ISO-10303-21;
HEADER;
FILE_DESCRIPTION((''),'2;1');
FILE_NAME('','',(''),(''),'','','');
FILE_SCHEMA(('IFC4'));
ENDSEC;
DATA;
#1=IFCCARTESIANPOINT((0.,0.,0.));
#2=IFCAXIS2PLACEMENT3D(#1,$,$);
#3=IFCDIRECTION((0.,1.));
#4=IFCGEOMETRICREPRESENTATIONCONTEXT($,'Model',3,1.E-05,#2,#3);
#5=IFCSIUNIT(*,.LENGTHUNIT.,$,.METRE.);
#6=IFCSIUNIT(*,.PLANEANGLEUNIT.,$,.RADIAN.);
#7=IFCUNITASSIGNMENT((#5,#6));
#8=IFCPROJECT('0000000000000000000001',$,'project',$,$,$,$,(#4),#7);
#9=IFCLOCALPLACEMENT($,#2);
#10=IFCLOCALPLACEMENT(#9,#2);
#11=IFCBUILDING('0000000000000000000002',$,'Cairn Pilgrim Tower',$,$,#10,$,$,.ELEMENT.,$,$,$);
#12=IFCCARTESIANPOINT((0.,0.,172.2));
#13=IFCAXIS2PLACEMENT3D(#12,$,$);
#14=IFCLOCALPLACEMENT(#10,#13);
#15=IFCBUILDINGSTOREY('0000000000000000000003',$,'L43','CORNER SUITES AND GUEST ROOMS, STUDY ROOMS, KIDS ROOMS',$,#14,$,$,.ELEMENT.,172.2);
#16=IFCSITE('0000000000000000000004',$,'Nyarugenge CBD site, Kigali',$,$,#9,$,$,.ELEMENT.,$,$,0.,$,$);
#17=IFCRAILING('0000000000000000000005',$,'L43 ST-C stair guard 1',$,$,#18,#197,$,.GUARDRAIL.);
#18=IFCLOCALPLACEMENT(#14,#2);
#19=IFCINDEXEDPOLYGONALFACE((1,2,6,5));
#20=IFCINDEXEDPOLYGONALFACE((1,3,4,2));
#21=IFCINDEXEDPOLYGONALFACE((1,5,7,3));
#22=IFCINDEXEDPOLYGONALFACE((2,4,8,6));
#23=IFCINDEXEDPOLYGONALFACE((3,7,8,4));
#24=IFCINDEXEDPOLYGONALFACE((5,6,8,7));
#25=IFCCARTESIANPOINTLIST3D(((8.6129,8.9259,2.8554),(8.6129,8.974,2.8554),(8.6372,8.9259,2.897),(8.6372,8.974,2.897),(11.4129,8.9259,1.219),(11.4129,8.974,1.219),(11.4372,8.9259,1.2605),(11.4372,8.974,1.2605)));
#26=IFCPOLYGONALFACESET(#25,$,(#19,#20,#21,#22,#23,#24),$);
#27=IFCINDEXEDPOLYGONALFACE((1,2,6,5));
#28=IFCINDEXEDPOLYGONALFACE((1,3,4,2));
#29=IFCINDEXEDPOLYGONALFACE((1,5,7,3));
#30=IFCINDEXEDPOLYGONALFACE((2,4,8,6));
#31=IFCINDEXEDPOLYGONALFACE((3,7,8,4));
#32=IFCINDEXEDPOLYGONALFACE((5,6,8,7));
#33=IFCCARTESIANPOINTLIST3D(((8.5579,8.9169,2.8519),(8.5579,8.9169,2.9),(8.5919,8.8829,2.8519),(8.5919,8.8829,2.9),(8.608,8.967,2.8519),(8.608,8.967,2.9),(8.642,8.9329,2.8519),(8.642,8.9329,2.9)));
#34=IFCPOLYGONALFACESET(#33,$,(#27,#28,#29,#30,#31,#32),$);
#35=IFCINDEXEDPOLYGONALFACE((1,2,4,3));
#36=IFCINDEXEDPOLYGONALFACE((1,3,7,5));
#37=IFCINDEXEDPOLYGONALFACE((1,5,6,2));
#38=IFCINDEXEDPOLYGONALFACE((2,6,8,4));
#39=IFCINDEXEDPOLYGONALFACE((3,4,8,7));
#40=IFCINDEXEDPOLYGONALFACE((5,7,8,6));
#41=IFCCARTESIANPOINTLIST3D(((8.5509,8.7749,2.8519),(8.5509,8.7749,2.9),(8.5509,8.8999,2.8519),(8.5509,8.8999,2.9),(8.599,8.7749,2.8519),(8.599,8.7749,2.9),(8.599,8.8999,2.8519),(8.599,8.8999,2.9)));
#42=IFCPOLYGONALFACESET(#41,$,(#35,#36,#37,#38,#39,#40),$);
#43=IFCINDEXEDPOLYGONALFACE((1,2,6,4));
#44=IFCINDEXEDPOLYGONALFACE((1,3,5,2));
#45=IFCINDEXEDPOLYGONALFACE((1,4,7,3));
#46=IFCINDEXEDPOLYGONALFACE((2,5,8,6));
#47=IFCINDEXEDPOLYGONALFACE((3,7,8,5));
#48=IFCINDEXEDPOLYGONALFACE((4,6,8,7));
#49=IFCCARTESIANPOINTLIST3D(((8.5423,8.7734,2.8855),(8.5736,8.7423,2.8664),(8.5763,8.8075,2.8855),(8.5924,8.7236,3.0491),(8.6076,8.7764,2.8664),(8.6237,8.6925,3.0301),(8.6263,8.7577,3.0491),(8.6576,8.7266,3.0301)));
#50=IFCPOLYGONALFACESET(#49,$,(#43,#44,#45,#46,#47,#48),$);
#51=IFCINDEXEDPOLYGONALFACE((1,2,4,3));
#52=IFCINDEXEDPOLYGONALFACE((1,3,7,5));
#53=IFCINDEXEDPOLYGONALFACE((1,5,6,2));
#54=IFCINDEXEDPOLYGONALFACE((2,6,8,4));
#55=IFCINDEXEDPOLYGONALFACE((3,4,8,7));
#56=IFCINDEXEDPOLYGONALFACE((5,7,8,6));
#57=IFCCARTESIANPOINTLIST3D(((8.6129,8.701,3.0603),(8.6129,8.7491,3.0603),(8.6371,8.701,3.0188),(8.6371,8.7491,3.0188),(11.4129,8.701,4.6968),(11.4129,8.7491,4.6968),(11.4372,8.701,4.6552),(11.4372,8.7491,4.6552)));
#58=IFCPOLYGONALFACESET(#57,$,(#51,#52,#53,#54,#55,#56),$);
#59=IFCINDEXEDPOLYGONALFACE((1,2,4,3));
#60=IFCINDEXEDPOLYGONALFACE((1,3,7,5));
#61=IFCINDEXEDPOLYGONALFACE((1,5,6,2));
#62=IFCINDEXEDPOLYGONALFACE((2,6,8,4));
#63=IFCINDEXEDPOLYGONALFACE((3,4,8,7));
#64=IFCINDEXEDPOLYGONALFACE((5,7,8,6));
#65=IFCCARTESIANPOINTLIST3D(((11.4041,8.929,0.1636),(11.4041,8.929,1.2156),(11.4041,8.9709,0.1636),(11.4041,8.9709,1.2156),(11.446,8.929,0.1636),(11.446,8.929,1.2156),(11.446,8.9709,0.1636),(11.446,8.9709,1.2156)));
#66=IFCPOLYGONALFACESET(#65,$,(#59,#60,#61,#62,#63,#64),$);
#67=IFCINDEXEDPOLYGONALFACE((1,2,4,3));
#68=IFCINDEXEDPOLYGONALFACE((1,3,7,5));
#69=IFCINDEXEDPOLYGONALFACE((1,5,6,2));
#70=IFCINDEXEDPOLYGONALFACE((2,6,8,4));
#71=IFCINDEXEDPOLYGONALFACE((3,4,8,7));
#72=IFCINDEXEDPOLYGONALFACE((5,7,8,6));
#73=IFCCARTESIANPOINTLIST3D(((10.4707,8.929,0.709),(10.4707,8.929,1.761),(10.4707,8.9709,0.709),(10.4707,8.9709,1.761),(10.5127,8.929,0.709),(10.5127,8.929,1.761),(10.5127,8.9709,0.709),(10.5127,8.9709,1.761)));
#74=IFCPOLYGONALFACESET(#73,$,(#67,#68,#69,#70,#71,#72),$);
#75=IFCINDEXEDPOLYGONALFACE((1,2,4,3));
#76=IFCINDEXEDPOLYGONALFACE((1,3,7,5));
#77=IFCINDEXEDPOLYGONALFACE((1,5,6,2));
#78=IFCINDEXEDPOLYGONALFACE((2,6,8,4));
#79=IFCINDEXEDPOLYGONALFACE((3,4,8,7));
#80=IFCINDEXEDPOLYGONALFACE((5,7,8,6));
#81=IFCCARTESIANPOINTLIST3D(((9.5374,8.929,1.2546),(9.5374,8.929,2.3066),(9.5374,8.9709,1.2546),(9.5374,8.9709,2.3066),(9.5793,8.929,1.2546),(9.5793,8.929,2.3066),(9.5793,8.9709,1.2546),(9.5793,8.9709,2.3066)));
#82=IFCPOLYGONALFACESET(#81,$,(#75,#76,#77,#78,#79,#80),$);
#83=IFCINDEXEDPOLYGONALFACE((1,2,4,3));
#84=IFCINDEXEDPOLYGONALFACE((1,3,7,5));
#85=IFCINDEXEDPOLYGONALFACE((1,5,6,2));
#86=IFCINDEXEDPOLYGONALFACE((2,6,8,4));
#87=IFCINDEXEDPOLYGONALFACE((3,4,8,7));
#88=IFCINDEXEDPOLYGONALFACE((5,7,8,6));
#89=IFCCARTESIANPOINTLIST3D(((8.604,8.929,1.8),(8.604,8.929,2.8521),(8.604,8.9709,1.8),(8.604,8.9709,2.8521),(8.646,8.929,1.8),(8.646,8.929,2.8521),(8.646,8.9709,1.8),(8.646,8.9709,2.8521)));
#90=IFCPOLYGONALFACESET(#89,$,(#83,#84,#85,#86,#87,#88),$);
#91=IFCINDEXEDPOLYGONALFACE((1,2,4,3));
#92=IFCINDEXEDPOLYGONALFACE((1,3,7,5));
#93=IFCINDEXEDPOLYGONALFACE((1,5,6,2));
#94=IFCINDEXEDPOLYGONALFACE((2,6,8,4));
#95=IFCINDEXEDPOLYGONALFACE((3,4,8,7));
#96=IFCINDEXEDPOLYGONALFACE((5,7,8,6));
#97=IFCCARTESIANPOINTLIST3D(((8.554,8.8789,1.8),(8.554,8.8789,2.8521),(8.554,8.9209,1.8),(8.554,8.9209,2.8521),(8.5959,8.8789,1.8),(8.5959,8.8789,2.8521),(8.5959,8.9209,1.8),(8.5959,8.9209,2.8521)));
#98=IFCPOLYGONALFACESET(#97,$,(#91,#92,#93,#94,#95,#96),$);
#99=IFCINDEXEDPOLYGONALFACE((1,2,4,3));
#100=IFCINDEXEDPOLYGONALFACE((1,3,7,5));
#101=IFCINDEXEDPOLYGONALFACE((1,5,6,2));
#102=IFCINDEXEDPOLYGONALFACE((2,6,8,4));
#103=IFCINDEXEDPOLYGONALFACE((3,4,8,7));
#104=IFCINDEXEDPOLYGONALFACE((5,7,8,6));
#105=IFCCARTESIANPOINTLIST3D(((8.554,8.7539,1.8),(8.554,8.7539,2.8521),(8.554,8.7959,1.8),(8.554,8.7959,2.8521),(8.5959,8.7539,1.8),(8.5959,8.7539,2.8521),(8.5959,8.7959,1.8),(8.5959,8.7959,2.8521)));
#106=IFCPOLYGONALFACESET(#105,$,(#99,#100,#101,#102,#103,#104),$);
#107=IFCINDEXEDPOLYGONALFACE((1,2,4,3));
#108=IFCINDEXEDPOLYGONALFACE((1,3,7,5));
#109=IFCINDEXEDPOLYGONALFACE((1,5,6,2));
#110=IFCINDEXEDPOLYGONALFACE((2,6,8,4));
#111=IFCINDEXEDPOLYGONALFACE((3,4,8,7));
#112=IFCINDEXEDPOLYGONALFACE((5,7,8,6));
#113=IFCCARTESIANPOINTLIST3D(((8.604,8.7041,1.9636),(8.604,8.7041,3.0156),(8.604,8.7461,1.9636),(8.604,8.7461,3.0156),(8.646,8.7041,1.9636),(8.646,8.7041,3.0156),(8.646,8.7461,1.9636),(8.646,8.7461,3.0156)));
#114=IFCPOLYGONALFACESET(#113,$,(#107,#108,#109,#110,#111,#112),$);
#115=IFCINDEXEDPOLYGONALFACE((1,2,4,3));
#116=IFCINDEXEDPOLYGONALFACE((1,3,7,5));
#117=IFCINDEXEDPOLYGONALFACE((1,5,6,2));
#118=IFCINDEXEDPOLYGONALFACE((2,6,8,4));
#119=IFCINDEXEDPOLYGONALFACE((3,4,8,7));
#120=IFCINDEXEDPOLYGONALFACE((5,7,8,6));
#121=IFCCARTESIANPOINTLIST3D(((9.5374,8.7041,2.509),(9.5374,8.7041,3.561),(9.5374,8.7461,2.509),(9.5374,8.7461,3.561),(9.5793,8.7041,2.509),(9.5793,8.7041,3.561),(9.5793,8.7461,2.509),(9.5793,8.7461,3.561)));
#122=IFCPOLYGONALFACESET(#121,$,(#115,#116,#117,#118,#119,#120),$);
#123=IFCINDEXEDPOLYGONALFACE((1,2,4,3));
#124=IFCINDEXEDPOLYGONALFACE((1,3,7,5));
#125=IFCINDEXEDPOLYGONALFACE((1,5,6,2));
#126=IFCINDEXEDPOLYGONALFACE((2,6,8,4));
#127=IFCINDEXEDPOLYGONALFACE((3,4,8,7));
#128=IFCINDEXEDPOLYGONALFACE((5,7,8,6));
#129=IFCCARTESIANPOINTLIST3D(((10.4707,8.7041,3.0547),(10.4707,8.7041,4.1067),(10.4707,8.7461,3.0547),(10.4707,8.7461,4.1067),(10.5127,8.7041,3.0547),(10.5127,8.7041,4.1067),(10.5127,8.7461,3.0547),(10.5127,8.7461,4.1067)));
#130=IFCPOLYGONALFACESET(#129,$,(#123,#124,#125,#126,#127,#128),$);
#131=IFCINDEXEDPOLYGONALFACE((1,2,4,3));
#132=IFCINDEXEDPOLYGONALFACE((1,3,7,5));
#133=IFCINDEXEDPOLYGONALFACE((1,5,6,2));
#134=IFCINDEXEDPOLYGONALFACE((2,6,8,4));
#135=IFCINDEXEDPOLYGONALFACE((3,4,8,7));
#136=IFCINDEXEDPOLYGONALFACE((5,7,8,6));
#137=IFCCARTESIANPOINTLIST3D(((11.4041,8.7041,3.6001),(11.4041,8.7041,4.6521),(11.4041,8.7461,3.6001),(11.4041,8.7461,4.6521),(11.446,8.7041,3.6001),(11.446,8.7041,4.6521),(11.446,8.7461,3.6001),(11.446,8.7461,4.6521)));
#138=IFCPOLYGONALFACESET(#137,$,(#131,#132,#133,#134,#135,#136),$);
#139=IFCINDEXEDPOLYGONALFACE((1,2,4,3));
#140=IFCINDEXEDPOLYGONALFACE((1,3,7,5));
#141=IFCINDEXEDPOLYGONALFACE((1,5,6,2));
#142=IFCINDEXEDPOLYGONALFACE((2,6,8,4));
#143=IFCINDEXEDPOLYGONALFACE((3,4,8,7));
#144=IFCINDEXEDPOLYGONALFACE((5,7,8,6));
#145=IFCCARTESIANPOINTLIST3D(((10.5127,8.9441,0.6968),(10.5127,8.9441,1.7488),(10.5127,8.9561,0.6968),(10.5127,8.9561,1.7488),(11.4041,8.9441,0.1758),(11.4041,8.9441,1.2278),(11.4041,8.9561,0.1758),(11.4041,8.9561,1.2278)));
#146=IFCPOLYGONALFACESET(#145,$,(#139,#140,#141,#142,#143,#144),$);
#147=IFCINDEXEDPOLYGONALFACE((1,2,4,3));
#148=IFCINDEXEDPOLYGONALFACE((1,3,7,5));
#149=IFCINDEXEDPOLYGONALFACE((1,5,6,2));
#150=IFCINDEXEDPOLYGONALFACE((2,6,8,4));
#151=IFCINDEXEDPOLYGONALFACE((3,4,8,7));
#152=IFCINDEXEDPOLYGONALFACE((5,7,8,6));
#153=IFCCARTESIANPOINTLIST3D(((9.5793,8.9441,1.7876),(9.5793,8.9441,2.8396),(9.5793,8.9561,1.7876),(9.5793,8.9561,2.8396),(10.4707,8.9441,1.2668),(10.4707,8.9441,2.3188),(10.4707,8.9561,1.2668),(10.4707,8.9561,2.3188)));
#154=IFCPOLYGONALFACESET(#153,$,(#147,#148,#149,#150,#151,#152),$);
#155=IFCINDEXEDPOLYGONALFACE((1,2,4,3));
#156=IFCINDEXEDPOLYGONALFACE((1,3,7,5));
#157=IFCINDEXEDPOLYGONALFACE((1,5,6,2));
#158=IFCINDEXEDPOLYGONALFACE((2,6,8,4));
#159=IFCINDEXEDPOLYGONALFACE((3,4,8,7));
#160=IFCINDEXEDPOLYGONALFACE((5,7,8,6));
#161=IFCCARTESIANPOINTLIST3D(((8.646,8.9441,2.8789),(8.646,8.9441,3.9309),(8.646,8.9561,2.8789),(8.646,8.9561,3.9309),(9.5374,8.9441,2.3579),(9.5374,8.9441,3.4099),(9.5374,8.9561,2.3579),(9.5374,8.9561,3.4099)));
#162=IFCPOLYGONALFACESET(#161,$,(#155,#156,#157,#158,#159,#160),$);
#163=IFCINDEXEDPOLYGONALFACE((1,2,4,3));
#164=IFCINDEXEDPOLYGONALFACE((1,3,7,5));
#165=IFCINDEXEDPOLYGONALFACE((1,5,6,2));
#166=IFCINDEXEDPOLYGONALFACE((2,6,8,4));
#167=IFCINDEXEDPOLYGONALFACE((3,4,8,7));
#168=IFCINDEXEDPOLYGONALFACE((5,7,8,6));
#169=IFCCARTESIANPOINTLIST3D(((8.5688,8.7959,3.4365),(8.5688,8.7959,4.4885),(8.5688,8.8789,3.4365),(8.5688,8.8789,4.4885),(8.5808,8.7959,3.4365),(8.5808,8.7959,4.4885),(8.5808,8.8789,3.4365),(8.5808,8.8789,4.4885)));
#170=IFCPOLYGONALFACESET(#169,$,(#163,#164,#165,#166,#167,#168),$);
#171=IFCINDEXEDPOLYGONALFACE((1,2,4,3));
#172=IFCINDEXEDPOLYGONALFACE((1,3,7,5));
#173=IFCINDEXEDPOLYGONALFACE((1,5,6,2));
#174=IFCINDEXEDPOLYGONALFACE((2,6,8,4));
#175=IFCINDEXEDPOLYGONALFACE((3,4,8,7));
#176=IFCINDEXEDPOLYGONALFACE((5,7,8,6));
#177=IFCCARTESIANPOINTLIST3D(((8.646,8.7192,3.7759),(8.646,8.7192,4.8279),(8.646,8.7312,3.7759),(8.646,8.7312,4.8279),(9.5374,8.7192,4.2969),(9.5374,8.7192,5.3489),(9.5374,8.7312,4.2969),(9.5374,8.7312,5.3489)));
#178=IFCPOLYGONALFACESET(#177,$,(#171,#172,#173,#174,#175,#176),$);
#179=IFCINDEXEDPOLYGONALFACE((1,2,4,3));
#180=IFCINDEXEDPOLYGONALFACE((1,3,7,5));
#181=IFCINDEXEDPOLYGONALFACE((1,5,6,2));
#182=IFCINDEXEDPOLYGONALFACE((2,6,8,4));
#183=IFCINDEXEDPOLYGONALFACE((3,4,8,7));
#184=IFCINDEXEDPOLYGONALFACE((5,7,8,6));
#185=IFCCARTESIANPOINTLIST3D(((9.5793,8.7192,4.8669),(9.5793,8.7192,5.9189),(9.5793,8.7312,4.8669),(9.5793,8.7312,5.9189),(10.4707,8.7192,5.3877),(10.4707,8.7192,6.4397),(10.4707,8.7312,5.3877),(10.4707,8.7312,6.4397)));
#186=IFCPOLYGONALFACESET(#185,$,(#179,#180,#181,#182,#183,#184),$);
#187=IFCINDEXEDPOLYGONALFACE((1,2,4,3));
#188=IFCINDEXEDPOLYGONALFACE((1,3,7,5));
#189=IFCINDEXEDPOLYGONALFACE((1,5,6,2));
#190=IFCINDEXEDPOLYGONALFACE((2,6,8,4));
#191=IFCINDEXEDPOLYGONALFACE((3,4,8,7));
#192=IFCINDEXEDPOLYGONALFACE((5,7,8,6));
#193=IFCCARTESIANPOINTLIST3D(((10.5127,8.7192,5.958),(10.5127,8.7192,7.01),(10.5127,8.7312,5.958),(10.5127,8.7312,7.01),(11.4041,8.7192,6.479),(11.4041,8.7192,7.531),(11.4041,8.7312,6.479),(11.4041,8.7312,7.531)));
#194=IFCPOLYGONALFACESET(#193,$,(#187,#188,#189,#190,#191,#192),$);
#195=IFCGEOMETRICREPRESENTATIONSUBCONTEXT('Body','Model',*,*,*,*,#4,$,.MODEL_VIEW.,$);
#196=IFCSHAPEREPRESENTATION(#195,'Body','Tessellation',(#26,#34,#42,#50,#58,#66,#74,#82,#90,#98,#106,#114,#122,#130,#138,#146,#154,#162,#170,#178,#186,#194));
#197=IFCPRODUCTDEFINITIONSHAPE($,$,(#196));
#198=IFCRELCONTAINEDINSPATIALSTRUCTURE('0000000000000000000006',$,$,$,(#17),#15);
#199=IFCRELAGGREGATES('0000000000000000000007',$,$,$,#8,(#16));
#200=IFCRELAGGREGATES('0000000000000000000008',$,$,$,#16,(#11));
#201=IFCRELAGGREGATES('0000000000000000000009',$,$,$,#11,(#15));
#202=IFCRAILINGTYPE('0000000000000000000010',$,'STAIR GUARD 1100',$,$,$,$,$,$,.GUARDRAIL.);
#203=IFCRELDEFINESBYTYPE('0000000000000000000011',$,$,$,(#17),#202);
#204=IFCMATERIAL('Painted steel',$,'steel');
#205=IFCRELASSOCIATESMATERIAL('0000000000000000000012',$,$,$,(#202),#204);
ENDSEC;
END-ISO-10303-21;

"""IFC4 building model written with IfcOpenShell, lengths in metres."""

from ifc_helpers import new_model, si_unit, direction, frame, origin, origin_2d, place, context, subcontext, project, spatial, polyline, rectangle, outline, extrude, material, type_object, element, save


model = new_model("IFC4")

# Units and contexts
model_context = context("Model", 3, precision=1e-05, world=origin(), true_north=direction((0.0, 1.0)))
body_context = subcontext(model_context, "Body", "Model", "MODEL_VIEW")
ifc_project = project(units=[si_unit("LENGTHUNIT", "METRE"), si_unit("PLANEANGLEUNIT", "RADIAN")], contexts=[model_context])

# Site, building, storey
site_placement = place(None, origin())
site = spatial("IfcSite", under=ifc_project, at=site_placement, Name="Nyarugenge CBD site, Kigali", CompositionType="ELEMENT", RefElevation=0.0)
building_placement = place(site_placement, origin())
building = spatial("IfcBuilding", under=site, at=building_placement, Name="Cairn Pilgrim Tower", CompositionType="ELEMENT")
storey_placement = place(building_placement, frame((0.0, 0.0, 172.2)))
storey = spatial("IfcBuildingStorey", under=building, at=storey_placement, Name="L43", Description="CORNER SUITES AND GUEST ROOMS, STUDY ROOMS, KIDS ROOMS", CompositionType="ELEMENT", Elevation=172.2)

# Shared definitions
ifc_material_1 = material(Name="Painted steel", Category="steel")

# Railing
railing_type_1 = type_object("IfcRailingType", Name="STAIR GUARD 1100", PredefinedType="GUARDRAIL", material=ifc_material_1)
railing_1_placement = place(storey_placement, frame((11.425, 8.95, 0.1636)))
element("IfcRailing", 1, at=railing_1_placement, inside=storey, type_object=railing_type_1, Name="L43 ST-C stair guard 1", PredefinedType="GUARDRAIL", context=body_context, shape_type="SweptSolid", body=[
    extrude(rectangle(XDim=0.0481, YDim=0.0481, at=origin_2d()), frame((0.0, 0.0, 1.0762), z_axis=(-0.863361, 0.0, 0.504587), x_axis=(0.0, -1.0, 0.0)), (0.0, 0.0, 1.0), 3.2432),
    extrude(rectangle(XDim=0.0481, YDim=0.0481, at=origin_2d()), frame((-2.8, 0.0, 2.7124), z_axis=(-0.707107, -0.707107, 0.0), x_axis=(0.707107, -0.707107, 0.0)), (0.0, 0.0, 1.0), 0.0708),
    extrude(rectangle(XDim=0.0481, YDim=0.0481, at=origin_2d()), frame((-2.8501, -0.05, 2.7124), z_axis=(0.0, -1.0, 0.0), x_axis=(1.0, 0.0, 0.0)), (0.0, 0.0, 1.0), 0.125),
    extrude(rectangle(XDim=0.0481, YDim=0.0481, at=origin_2d()), frame((-2.8501, -0.175, 2.7124), z_axis=(0.280917, -0.279546, 0.918118), x_axis=(0.705376, 0.708834, 0.0)), (0.0, 0.0, 1.0), 0.1782),
    extrude(rectangle(XDim=0.0481, YDim=0.0481, at=origin_2d()), frame((-2.8, -0.2249, 2.876), z_axis=(0.863361, 0.0, 0.504587), x_axis=(0.0, 1.0, 0.0)), (0.0, 0.0, 1.0), 3.2432),
    extrude(rectangle(XDim=0.042, YDim=0.042, at=origin_2d()), origin(), (0.0, 0.0, 1.0), 1.052),
    extrude(rectangle(XDim=0.042, YDim=0.042, at=origin_2d()), frame((-0.9333, 0.0, 0.5454)), (0.0, 0.0, 1.0), 1.052),
    extrude(rectangle(XDim=0.042, YDim=0.042, at=origin_2d()), frame((-1.8667, 0.0, 1.0911)), (0.0, 0.0, 1.0), 1.052),
    extrude(rectangle(XDim=0.042, YDim=0.042, at=origin_2d()), frame((-2.8, 0.0, 1.6365)), (0.0, 0.0, 1.0), 1.052),
    extrude(rectangle(XDim=0.042, YDim=0.042, at=origin_2d()), frame((-2.8501, -0.05, 1.6365)), (0.0, 0.0, 1.0), 1.052),
    extrude(rectangle(XDim=0.042, YDim=0.042, at=origin_2d()), frame((-2.8501, -0.175, 1.6365)), (0.0, 0.0, 1.0), 1.052),
    extrude(rectangle(XDim=0.042, YDim=0.042, at=origin_2d()), frame((-2.8, -0.2249, 1.8)), (0.0, 0.0, 1.0), 1.052),
    extrude(rectangle(XDim=0.042, YDim=0.042, at=origin_2d()), frame((-1.8667, -0.2249, 2.3455)), (0.0, 0.0, 1.0), 1.052),
    extrude(rectangle(XDim=0.042, YDim=0.042, at=origin_2d()), frame((-0.9333, -0.2249, 2.8911)), (0.0, 0.0, 1.0), 1.052),
    extrude(rectangle(XDim=0.042, YDim=0.042, at=origin_2d()), frame((0.0, -0.2249, 3.4365)), (0.0, 0.0, 1.0), 1.052),
    extrude(outline(polyline([(0.021, 0.0122), (0.9124, 0.5332), (0.9124, 1.5852), (0.021, 1.0642), (0.021, 0.0122)])), frame((0.0, -0.0059, 0.0), z_axis=(0.0, 1.0, 0.0), x_axis=(-1.0, 0.0, 0.0)), (0.0, 0.0, 1.0), 0.012),
    extrude(outline(polyline([(0.021, 0.5579), (0.9124, 1.0786), (0.9124, 2.1306), (0.021, 1.6099), (0.021, 0.5579)])), frame((-0.9333, -0.0059, 0.5454), z_axis=(0.0, 1.0, 0.0), x_axis=(-1.0, 0.0, 0.0)), (0.0, 0.0, 1.0), 0.012),
    extrude(outline(polyline([(0.021, 1.1033), (0.9124, 1.6243), (0.9124, 2.6763), (0.021, 2.1553), (0.021, 1.1033)])), frame((-1.8667, -0.0059, 1.0911), z_axis=(0.0, 1.0, 0.0), x_axis=(-1.0, 0.0, 0.0)), (0.0, 0.0, 1.0), 0.012),
    extrude(outline(polyline([(0.021, 1.6365), (0.104, 1.6365), (0.104, 2.6885), (0.021, 2.6885), (0.021, 1.6365)])), frame((-2.8442, -0.05, 1.6365), z_axis=(-1.0, 0.0, 0.0), x_axis=(0.0, -1.0, 0.0)), (0.0, 0.0, 1.0), 0.012),
    extrude(outline(polyline([(0.021, 1.8123), (0.9124, 2.3333), (0.9124, 3.3853), (0.021, 2.8643), (0.021, 1.8123)])), frame((-2.8, -0.2188, 1.8), z_axis=(0.0, -1.0, 0.0), x_axis=(1.0, 0.0, 0.0)), (0.0, 0.0, 1.0), 0.012),
    extrude(outline(polyline([(0.021, 2.3579), (0.9124, 2.8787), (0.9124, 3.9307), (0.021, 3.4099), (0.021, 2.3579)])), frame((-1.8667, -0.2188, 2.3455), z_axis=(0.0, -1.0, 0.0), x_axis=(1.0, 0.0, 0.0)), (0.0, 0.0, 1.0), 0.012),
    extrude(outline(polyline([(0.021, 2.9033), (0.9124, 3.4243), (0.9124, 4.4763), (0.021, 3.9553), (0.021, 2.9033)])), frame((-0.9333, -0.2188, 2.8911), z_axis=(0.0, -1.0, 0.0), x_axis=(1.0, 0.0, 0.0)), (0.0, 0.0, 1.0), 0.012),
])

save(model, "model.ifc")
